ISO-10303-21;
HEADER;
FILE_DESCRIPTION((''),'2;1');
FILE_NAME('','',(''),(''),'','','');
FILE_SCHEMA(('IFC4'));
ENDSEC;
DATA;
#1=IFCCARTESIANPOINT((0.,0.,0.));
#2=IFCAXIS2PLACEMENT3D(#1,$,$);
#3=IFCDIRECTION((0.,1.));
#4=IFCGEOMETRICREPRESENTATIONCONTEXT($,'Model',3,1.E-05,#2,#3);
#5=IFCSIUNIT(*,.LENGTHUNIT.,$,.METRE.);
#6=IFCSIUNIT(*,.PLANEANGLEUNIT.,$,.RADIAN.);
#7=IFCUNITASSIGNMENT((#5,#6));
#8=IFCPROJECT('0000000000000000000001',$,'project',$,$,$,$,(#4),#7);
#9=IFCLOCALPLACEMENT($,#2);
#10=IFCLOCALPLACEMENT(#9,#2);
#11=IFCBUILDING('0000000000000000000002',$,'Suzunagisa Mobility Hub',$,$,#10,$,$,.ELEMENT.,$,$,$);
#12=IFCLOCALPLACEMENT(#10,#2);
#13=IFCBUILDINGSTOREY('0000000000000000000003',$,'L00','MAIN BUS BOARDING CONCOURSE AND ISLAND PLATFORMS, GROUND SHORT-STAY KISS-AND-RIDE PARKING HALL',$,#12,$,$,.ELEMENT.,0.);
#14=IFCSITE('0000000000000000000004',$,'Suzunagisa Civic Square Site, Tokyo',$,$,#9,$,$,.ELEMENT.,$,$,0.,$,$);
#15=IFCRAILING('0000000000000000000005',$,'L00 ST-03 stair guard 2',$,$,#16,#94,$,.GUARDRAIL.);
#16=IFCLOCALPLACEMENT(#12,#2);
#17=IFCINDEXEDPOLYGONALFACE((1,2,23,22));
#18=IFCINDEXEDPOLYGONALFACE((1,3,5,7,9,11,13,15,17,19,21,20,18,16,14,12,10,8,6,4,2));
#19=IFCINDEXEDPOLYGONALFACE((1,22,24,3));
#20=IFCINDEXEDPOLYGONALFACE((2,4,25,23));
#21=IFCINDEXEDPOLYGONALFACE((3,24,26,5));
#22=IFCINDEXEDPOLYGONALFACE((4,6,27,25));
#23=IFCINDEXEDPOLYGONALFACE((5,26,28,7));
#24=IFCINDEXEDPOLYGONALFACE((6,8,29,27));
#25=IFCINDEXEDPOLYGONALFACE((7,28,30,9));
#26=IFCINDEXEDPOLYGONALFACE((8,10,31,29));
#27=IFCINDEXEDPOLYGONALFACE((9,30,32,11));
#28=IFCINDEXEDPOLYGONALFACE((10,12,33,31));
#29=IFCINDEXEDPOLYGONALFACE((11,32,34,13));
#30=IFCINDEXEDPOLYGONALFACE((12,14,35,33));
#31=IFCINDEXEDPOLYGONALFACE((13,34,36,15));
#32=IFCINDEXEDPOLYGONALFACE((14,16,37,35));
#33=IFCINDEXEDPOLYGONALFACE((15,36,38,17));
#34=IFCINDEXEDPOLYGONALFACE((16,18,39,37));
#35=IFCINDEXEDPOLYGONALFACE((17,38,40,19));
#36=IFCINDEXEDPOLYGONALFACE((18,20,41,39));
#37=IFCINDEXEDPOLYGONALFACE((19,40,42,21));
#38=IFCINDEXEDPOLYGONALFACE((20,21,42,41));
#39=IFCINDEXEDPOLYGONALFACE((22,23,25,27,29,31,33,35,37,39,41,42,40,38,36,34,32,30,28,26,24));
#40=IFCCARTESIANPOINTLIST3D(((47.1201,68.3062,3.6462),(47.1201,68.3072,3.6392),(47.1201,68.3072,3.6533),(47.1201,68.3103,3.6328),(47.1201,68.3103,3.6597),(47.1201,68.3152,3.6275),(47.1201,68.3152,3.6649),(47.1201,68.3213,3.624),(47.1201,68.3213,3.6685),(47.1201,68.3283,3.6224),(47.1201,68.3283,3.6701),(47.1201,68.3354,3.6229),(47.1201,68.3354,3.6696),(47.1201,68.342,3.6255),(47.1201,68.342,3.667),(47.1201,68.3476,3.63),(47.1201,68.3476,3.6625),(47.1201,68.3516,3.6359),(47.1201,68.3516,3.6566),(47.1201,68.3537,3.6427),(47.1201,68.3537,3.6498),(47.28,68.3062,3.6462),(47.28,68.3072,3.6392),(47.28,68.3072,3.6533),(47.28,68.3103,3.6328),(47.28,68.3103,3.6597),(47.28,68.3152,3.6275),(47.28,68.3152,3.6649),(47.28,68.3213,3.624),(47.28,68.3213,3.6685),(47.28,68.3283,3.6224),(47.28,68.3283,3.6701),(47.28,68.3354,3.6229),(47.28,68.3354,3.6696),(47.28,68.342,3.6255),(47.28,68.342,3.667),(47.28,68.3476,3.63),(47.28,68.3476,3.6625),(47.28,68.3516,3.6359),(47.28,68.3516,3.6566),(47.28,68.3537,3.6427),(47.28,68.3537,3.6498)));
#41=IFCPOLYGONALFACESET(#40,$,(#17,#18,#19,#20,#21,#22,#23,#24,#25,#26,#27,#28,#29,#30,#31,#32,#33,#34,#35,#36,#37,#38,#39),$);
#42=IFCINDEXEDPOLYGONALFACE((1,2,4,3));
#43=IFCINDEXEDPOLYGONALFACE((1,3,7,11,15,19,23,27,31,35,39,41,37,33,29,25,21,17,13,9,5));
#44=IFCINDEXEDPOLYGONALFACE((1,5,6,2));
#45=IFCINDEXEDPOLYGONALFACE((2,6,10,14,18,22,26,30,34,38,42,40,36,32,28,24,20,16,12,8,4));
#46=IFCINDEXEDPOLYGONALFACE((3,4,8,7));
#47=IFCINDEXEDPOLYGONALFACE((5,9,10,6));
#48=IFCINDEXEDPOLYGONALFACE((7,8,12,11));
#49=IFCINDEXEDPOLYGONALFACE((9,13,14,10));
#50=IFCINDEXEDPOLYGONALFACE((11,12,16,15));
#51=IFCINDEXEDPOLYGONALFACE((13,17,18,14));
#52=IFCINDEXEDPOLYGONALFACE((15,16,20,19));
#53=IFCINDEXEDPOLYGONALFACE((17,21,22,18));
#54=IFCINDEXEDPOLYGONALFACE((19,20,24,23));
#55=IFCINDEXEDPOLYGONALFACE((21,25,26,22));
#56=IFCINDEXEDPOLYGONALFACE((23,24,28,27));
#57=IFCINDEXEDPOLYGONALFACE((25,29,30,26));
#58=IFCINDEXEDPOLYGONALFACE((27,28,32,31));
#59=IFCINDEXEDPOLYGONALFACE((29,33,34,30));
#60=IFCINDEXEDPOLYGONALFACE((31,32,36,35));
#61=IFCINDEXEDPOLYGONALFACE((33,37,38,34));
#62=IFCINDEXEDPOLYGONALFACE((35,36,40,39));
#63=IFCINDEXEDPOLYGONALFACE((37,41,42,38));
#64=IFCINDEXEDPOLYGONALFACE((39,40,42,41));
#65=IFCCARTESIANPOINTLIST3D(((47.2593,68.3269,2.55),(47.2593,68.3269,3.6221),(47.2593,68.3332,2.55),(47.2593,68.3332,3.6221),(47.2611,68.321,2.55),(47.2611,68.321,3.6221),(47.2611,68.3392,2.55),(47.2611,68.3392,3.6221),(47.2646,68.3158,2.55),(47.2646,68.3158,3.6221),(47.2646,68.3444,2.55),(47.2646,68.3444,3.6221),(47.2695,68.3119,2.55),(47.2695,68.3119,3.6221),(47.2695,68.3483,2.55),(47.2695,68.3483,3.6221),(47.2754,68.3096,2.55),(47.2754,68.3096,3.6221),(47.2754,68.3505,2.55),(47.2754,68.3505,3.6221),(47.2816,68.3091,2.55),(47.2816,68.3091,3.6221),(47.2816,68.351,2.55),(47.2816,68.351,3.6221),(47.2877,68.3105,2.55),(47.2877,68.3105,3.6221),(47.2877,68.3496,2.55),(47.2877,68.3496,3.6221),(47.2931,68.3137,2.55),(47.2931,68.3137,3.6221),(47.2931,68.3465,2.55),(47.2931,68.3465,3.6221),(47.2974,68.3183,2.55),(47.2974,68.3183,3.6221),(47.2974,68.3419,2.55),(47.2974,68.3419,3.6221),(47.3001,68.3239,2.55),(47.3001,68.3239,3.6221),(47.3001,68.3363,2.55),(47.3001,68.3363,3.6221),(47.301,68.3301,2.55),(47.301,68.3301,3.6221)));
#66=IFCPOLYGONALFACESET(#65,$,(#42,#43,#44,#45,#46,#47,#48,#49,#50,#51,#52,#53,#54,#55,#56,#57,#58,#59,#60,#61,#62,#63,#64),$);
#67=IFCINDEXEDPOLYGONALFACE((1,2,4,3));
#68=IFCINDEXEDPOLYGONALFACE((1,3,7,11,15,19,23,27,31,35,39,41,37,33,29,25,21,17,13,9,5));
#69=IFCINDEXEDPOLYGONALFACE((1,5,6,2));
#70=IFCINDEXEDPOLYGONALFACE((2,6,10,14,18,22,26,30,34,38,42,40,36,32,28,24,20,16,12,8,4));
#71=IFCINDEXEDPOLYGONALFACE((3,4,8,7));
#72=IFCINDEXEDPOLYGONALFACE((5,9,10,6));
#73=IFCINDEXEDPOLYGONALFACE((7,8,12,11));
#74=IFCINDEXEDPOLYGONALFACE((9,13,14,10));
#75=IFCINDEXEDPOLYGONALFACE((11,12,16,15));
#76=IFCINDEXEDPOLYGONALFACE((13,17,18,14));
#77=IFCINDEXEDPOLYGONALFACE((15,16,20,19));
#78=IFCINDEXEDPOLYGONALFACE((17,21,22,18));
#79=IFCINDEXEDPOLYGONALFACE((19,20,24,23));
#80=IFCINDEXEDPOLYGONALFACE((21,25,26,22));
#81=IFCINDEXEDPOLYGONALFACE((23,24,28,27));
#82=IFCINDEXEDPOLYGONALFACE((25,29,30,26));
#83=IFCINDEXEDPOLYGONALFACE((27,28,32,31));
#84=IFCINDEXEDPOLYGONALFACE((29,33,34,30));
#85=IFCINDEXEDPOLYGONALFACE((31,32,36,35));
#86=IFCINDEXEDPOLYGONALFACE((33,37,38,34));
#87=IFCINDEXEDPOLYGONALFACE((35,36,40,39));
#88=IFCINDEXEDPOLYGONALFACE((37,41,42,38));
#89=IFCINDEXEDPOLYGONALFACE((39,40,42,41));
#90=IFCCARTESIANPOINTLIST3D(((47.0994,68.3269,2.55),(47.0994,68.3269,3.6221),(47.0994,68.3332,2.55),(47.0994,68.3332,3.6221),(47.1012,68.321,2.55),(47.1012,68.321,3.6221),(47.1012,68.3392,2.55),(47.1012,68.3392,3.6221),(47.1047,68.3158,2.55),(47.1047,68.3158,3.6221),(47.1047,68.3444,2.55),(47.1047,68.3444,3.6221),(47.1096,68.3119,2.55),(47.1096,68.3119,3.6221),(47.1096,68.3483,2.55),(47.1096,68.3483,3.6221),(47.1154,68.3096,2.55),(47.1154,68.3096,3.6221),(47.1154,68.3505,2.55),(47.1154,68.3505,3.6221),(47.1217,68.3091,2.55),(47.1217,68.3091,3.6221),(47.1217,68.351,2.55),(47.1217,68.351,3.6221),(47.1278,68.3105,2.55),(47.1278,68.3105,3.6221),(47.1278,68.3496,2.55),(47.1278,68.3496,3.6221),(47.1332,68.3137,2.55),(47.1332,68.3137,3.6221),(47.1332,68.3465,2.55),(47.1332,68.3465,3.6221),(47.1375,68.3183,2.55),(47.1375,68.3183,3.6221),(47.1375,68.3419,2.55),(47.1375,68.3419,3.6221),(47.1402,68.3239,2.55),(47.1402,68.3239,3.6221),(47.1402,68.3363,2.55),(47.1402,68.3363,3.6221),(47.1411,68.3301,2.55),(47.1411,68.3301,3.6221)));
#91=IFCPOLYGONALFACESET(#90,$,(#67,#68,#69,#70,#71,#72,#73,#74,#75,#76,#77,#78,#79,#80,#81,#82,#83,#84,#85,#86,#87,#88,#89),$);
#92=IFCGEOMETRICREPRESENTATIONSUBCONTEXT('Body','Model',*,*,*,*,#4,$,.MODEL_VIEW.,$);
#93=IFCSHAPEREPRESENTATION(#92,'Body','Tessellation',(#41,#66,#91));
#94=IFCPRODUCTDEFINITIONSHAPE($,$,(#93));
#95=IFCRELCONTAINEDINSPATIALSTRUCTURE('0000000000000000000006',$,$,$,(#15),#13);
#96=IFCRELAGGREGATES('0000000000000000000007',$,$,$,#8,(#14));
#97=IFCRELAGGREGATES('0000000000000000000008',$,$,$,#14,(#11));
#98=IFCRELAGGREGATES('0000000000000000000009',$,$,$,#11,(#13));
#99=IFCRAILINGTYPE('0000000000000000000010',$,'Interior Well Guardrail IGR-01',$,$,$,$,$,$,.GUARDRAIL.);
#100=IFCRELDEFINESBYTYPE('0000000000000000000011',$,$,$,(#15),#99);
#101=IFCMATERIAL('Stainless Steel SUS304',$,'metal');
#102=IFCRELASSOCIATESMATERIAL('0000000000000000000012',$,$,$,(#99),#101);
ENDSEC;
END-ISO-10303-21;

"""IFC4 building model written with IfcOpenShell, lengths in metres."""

from ifc_helpers import new_model, si_unit, direction, frame, origin, origin_2d, place, context, subcontext, project, spatial, circle, extrude, material, type_object, element, save


model = new_model("IFC4")

# Units and contexts
model_context = context("Model", 3, precision=1e-05, world=origin(), true_north=direction((0.0, 1.0)))
body_context = subcontext(model_context, "Body", "Model", "MODEL_VIEW")
ifc_project = project(units=[si_unit("LENGTHUNIT", "METRE"), si_unit("PLANEANGLEUNIT", "RADIAN")], contexts=[model_context])

# Site, building, storey
site_placement = place(None, origin())
site = spatial("IfcSite", under=ifc_project, at=site_placement, Name="Suzunagisa Civic Square Site, Tokyo", CompositionType="ELEMENT", RefElevation=0.0)
building_placement = place(site_placement, origin())
building = spatial("IfcBuilding", under=site, at=building_placement, Name="Suzunagisa Mobility Hub", CompositionType="ELEMENT")
storey_placement = place(building_placement, origin())
storey = spatial("IfcBuildingStorey", under=building, at=storey_placement, Name="L00", Description="MAIN BUS BOARDING CONCOURSE AND ISLAND PLATFORMS, GROUND SHORT-STAY KISS-AND-RIDE PARKING HALL", CompositionType="ELEMENT", Elevation=0.0)

# Railing
ifc_material_1 = material(Name="Stainless Steel SUS304", Category="metal")
railing_type_1 = type_object("IfcRailingType", Name="Interior Well Guardrail IGR-01", PredefinedType="GUARDRAIL", material=ifc_material_1)
railing_1_placement = place(storey_placement, frame((47.28, 68.3301, 2.55)))
element("IfcRailing", 1, at=railing_1_placement, inside=storey, type_object=railing_type_1, Name="L00 ST-03 stair guard 2", PredefinedType="GUARDRAIL", context=body_context, shape_type="SweptSolid", body=[
    extrude(circle(Radius=0.0239, at=origin_2d()), frame((0.0, 0.0, 1.0962), z_axis=(-1.0, 0.0, 0.0), x_axis=(0.0, -1.0, 0.0)), (0.0, 0.0, 1.0), 0.1599),
    extrude(circle(Radius=0.021, at=origin_2d()), origin(), (0.0, 0.0, 1.0), 1.072),
    extrude(circle(Radius=0.021, at=origin_2d()), frame((-0.1599, 0.0, 0.0)), (0.0, 0.0, 1.0), 1.072),
])

save(model, "model.ifc")
